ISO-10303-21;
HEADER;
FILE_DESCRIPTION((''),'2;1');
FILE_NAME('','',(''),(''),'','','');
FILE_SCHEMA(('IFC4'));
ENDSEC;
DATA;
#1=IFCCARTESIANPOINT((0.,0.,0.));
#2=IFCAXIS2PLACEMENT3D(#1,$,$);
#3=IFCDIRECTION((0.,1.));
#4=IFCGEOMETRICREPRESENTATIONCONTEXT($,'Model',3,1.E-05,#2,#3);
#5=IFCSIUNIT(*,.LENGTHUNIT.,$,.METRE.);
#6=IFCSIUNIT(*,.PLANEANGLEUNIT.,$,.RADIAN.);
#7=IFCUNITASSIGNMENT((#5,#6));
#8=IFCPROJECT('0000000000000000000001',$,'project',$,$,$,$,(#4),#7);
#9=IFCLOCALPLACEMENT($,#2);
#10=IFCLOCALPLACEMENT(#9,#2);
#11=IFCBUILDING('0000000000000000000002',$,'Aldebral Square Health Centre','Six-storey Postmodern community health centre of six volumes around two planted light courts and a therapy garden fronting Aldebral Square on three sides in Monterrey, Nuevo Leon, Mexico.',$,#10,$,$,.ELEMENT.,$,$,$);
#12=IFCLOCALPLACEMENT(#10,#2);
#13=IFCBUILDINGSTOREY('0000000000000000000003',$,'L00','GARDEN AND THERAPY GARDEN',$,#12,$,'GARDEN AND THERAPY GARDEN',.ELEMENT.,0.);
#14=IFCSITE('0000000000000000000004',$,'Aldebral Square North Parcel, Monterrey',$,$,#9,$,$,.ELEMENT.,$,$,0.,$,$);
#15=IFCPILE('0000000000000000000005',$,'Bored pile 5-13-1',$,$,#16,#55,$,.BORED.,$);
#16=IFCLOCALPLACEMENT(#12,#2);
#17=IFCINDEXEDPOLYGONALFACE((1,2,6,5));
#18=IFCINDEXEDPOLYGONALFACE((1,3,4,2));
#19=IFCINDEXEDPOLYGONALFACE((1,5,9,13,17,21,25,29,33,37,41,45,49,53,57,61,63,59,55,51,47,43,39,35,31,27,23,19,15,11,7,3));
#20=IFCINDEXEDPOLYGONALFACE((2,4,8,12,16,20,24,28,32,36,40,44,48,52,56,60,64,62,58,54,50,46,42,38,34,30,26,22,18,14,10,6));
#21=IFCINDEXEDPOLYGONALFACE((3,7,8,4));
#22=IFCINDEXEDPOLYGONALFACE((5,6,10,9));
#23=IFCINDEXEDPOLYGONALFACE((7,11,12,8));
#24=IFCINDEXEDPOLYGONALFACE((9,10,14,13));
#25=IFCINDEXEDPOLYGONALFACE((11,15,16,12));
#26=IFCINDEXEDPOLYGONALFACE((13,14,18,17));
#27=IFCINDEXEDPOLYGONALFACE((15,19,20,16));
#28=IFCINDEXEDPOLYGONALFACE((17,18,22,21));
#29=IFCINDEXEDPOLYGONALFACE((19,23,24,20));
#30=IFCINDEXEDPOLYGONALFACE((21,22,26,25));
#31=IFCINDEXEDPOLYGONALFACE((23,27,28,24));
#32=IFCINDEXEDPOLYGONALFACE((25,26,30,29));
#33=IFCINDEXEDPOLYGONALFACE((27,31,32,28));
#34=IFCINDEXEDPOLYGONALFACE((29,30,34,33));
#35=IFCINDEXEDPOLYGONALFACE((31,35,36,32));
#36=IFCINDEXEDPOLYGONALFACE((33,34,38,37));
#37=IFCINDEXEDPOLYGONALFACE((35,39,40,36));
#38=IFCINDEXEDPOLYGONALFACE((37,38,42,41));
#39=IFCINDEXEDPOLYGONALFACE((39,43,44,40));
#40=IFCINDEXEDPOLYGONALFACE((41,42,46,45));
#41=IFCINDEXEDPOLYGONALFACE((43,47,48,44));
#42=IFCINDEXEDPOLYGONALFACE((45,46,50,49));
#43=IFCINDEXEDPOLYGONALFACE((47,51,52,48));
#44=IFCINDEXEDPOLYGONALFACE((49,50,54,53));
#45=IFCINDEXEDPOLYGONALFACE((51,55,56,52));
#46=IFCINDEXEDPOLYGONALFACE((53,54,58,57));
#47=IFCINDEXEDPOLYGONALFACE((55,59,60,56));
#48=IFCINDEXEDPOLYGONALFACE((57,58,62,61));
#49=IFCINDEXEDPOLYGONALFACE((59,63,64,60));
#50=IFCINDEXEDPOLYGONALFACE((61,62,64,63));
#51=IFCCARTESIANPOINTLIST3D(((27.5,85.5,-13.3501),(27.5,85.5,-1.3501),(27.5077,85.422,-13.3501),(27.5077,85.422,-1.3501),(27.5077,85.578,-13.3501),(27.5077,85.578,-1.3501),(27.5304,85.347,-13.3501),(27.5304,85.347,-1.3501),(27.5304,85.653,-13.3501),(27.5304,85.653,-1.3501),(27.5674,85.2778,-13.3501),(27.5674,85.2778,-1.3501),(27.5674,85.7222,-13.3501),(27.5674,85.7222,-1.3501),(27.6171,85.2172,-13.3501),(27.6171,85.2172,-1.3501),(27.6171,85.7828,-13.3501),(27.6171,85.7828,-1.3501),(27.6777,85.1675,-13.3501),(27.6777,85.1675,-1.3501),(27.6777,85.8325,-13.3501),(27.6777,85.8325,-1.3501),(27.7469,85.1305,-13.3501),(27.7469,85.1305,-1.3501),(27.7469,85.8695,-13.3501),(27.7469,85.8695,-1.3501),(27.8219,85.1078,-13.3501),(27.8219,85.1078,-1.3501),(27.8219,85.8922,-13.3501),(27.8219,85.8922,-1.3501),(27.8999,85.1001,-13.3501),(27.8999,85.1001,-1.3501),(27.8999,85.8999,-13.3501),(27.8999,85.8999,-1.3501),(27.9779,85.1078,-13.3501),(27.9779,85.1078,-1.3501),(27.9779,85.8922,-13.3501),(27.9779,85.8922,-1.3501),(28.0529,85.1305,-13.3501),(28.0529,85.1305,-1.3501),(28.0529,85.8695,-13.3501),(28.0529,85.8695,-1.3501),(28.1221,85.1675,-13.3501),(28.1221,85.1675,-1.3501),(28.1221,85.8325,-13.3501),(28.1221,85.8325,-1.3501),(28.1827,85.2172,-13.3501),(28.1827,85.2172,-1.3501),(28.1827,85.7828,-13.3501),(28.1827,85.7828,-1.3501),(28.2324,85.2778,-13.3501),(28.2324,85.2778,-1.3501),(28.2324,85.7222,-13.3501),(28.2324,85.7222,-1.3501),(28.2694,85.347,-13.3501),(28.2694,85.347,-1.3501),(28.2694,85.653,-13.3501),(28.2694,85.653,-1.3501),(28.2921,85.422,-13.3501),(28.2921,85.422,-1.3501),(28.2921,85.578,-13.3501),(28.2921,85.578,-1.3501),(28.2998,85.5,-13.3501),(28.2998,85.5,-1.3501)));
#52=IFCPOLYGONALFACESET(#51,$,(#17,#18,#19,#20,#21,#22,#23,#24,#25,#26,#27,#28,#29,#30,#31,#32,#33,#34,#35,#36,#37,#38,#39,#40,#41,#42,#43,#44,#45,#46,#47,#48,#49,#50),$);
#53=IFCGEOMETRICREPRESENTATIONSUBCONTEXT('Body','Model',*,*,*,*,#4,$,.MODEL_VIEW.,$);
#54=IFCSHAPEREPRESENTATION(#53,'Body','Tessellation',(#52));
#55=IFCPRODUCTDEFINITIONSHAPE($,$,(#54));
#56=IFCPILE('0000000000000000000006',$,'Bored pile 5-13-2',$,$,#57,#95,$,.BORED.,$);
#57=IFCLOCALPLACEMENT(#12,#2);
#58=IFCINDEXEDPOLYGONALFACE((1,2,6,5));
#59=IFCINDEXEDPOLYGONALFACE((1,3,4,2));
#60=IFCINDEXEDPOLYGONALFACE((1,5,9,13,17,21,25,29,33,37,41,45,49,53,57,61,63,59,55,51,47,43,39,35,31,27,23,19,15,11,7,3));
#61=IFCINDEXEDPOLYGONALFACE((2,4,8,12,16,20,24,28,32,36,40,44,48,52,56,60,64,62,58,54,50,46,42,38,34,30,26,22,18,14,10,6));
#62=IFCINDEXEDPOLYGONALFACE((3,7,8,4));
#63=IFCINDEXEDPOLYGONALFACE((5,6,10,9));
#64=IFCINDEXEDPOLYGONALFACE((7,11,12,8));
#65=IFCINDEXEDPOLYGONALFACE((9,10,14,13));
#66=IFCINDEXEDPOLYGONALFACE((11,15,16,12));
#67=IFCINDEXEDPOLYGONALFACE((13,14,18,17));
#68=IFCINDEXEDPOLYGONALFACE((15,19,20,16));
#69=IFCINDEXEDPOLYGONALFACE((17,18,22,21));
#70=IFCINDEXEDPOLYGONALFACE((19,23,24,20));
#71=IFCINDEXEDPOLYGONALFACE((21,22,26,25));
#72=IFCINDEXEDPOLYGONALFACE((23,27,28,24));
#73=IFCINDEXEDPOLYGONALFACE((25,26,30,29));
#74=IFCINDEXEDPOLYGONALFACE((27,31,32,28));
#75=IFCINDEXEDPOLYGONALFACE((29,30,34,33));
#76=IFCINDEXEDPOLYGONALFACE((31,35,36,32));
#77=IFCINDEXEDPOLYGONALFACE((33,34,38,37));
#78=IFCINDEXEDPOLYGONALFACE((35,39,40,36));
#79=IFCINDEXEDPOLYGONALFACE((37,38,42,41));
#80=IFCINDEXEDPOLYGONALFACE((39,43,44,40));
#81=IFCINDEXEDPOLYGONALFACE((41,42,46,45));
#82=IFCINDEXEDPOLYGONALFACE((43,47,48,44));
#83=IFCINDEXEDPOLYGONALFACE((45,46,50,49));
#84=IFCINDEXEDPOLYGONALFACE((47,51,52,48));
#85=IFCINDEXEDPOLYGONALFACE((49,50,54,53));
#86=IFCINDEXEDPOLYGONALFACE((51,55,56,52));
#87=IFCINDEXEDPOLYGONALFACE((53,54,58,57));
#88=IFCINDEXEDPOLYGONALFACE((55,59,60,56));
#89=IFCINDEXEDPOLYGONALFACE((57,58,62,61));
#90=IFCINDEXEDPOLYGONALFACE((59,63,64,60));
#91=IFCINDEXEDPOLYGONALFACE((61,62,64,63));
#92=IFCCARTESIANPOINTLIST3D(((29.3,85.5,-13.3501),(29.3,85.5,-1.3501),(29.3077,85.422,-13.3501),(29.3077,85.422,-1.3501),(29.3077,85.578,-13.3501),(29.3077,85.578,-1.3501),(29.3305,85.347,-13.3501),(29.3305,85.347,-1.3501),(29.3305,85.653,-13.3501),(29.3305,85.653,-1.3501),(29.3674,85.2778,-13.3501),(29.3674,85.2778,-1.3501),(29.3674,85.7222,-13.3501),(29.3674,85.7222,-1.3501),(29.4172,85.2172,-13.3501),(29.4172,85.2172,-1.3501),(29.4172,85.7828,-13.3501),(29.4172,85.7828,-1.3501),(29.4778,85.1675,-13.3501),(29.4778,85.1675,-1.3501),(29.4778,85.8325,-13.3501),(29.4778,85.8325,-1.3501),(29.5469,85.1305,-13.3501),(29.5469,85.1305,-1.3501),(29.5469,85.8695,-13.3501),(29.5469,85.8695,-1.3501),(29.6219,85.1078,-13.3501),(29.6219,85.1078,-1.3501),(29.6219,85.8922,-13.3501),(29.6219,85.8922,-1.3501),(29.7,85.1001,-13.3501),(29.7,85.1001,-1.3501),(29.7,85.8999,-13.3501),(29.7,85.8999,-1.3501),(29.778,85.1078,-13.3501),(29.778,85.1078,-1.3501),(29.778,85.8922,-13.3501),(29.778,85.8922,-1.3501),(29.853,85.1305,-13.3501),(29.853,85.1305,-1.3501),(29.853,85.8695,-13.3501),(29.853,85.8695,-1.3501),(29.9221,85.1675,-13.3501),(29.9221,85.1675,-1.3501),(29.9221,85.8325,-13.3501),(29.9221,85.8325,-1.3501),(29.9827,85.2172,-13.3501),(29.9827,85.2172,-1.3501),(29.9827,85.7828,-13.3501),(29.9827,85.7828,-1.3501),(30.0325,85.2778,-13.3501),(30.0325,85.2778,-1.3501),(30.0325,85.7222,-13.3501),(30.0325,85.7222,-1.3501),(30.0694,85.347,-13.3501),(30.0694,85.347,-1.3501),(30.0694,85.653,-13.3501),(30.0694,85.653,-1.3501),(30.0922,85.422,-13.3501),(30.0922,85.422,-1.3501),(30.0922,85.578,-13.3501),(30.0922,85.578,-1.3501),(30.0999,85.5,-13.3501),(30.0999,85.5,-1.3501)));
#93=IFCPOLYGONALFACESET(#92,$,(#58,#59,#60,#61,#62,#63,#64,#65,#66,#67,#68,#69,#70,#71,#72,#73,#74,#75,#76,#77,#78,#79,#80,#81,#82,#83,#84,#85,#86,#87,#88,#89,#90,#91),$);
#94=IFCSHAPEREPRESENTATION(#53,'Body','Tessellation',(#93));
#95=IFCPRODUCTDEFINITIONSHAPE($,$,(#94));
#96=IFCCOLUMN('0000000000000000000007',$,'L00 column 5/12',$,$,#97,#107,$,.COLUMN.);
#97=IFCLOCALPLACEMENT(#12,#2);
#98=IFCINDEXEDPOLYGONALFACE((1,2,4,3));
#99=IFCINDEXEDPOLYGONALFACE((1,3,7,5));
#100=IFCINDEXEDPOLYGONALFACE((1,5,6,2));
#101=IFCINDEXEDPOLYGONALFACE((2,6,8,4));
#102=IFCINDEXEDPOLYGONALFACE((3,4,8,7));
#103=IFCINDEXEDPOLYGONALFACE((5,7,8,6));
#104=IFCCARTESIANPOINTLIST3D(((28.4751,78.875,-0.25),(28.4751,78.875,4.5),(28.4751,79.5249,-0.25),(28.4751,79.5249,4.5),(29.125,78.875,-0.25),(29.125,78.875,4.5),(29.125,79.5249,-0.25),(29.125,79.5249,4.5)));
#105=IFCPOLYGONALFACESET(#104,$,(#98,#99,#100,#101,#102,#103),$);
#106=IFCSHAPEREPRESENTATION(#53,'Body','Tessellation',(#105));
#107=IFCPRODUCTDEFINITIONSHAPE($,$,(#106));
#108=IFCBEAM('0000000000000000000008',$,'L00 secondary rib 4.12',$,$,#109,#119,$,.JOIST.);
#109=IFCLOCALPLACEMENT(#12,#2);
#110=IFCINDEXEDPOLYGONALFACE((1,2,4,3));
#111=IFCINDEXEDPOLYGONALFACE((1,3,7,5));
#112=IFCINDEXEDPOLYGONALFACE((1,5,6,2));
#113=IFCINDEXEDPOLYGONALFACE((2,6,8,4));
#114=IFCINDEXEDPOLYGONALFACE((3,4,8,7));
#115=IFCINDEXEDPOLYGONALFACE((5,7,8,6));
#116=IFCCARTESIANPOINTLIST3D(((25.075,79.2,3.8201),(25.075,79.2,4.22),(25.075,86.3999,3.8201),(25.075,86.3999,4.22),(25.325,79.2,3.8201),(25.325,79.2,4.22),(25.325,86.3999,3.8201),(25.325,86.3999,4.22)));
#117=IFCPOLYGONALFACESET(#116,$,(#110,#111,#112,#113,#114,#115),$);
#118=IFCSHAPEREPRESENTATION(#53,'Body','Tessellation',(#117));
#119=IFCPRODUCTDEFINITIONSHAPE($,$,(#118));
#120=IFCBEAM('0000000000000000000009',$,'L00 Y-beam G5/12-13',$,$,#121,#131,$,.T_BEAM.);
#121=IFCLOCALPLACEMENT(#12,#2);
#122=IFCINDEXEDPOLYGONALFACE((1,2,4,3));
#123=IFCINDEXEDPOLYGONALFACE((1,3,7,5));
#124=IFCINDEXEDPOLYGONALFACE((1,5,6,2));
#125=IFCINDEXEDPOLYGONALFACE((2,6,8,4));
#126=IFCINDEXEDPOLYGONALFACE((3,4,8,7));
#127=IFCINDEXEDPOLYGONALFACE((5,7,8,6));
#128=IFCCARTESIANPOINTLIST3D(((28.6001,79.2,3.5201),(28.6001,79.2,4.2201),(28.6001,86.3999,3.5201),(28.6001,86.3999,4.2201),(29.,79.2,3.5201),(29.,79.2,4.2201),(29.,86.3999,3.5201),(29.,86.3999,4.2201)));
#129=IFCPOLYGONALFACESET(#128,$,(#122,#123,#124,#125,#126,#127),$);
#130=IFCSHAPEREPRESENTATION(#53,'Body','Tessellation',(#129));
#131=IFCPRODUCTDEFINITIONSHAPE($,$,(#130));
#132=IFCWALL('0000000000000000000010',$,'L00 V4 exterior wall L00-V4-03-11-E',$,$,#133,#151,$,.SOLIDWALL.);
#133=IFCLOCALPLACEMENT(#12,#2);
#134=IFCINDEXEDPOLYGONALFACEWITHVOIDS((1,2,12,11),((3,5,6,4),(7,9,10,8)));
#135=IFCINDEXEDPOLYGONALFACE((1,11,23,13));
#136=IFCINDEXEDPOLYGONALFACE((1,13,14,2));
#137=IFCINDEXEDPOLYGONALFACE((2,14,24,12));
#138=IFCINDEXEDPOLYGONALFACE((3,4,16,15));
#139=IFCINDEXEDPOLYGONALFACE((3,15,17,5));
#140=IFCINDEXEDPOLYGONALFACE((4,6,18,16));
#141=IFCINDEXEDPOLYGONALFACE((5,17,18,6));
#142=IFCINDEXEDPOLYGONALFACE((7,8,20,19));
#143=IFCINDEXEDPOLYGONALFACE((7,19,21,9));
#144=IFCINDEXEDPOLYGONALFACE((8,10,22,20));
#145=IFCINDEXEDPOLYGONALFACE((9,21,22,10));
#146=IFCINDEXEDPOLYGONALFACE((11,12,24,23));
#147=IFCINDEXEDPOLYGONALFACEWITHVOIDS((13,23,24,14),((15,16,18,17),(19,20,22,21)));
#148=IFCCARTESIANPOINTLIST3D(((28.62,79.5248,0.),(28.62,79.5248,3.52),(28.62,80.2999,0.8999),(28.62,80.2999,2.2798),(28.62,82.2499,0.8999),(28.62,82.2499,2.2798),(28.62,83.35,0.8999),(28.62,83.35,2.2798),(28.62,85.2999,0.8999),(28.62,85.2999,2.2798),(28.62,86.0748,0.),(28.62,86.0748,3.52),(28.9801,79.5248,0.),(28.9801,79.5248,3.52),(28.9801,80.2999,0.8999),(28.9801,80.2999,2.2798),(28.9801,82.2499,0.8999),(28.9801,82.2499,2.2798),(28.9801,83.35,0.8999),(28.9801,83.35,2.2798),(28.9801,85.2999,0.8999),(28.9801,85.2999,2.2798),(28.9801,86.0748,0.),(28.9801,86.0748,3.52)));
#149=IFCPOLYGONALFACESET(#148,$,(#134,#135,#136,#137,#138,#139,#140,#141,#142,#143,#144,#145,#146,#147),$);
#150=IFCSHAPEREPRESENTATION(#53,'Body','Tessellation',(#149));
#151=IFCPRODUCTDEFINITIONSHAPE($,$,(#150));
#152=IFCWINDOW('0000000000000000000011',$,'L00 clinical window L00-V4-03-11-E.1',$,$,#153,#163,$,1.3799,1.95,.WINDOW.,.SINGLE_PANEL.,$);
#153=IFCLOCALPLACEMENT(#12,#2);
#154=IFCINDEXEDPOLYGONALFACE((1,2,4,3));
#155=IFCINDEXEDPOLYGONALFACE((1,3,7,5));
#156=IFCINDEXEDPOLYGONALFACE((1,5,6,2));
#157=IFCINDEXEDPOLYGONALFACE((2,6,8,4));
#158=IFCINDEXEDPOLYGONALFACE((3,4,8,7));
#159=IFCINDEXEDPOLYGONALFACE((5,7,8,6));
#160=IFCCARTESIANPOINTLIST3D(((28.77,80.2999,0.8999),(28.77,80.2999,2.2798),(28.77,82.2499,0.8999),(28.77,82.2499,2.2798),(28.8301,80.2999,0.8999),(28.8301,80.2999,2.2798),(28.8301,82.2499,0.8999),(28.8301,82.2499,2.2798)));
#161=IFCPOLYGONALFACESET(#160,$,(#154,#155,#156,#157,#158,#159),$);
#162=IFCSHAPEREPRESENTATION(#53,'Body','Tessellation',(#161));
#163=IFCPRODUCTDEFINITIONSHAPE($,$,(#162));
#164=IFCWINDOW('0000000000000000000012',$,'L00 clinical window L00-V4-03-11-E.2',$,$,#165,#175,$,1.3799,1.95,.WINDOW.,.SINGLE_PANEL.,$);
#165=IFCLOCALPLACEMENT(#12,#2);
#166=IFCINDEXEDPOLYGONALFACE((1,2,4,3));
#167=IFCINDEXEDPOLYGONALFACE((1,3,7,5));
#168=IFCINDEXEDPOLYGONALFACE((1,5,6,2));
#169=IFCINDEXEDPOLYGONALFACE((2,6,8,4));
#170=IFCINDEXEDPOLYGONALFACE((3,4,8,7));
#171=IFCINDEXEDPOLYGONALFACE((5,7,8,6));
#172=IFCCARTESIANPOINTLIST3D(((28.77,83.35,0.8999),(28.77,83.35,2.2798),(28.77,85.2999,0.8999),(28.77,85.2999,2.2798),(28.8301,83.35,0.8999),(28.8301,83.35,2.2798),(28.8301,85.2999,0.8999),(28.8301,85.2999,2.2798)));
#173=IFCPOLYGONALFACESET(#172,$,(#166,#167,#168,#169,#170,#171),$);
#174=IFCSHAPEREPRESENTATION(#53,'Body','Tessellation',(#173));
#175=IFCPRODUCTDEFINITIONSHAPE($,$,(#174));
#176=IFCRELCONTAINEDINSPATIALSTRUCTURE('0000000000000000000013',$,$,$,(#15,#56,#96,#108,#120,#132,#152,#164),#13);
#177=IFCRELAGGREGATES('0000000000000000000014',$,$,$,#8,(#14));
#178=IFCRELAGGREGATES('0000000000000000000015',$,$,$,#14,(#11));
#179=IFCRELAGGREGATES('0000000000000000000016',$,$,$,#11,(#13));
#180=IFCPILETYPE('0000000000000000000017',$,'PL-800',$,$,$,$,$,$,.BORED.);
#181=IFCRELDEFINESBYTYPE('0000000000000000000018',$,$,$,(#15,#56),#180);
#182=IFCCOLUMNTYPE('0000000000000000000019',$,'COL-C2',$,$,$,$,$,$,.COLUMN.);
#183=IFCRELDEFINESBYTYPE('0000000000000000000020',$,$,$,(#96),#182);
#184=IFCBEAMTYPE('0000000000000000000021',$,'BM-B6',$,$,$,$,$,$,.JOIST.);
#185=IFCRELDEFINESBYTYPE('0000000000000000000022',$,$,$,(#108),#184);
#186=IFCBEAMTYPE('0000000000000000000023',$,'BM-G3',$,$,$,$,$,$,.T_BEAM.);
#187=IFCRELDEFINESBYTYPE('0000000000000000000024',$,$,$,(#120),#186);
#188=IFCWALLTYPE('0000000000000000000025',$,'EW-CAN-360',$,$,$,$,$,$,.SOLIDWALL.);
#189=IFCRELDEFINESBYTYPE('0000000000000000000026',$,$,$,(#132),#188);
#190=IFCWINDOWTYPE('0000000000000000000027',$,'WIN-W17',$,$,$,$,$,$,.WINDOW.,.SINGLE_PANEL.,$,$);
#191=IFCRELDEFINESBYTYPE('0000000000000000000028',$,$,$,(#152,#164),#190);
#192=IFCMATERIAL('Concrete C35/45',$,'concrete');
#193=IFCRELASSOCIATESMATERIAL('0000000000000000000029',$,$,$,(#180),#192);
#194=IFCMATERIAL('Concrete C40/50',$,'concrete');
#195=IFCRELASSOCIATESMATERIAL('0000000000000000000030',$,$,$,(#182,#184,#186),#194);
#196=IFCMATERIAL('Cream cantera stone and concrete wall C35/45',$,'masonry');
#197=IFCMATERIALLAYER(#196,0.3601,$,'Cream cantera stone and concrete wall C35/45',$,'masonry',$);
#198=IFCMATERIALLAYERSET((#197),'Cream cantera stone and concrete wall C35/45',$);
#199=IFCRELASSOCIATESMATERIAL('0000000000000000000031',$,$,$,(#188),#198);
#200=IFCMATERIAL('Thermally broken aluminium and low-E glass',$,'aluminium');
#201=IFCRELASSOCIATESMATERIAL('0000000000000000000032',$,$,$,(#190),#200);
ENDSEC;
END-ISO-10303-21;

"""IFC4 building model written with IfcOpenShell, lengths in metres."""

from ifc_helpers import new_model, si_unit, direction, frame, frame_2d, origin, origin_2d, place, context, subcontext, project, spatial, rectangle, circle, extrude, material, layer, layer_set, material_profile, profile_set, type_object, element, fill, save


model = new_model("IFC4")

# Units and contexts
model_context = context("Model", 3, precision=1e-05, world=origin(), true_north=direction((0.0, 1.0)))
body_context = subcontext(model_context, "Body", "Model", "MODEL_VIEW")
ifc_project = project(units=[si_unit("LENGTHUNIT", "METRE"), si_unit("PLANEANGLEUNIT", "RADIAN")], contexts=[model_context])

# Site, building, storey
site_placement = place(None, origin())
site = spatial("IfcSite", under=ifc_project, at=site_placement, Name="Aldebral Square North Parcel, Monterrey", CompositionType="ELEMENT", RefElevation=0.0)
building_placement = place(site_placement, origin())
building = spatial("IfcBuilding", under=site, at=building_placement, Name="Aldebral Square Health Centre", Description="Six-storey Postmodern community health centre of six volumes around two planted light courts and a therapy garden fronting Aldebral Square on three sides in Monterrey, Nuevo Leon, Mexico.", CompositionType="ELEMENT")
storey_placement = place(building_placement, origin())
storey = spatial("IfcBuildingStorey", under=building, at=storey_placement, Name="L00", Description="GARDEN AND THERAPY GARDEN", LongName="GARDEN AND THERAPY GARDEN", CompositionType="ELEMENT", Elevation=0.0)

# Shared definitions
ifc_material_1 = material(Name="Concrete C35/45", Category="concrete")

# Piles
ifc_material_profile_1 = material_profile(ifc_material_1, circle(Radius=0.3999, at=origin_2d()), Name="PILE D800")
ifc_profile_set_1 = profile_set([ifc_material_profile_1], Name="Concrete C35/45")
pile_type_1 = type_object("IfcPileType", Name="PL-800", PredefinedType="BORED", material=ifc_profile_set_1)
for number, where, z_axis, x_axis, name in (
    (1, (27.8999, 85.5, -1.3501), (0.0, 0.0, -1.0), (1.0, 0.0, 0.0), "Bored pile 5-13-1"),
    (2, (29.7, 85.5, -1.3501), (0.0, 0.0, -1.0), (1.0, 0.0, 0.0), "Bored pile 5-13-2"),
):
    element("IfcPile", number, at=place(storey_placement, frame(where, z_axis=z_axis, x_axis=x_axis)), inside=storey, type_object=pile_type_1, Name=name, PredefinedType="BORED", context=body_context, shape_type="SweptSolid", body=[
        extrude(circle(Radius=0.3999, at=origin_2d()), origin(), (0.0, 0.0, 1.0), 12.0),
    ])

# Column
ifc_material_2 = material(Name="Concrete C40/50", Category="concrete")
ifc_material_profile_2 = material_profile(ifc_material_2, rectangle(XDim=0.6499, YDim=0.6499, at=origin_2d()), Name="RC 650x650")
ifc_profile_set_2 = profile_set([ifc_material_profile_2], Name="Concrete C40/50")
column_type = type_object("IfcColumnType", Name="COL-C2", PredefinedType="COLUMN", material=ifc_profile_set_2)
column_placement = place(storey_placement, frame((28.8, 79.2, -0.25), z_axis=(0.0, 0.0, 1.0), x_axis=(1.0, 0.0, 0.0)))
element("IfcColumn", 3, at=column_placement, inside=storey, type_object=column_type, Name="L00 column 5/12", PredefinedType="COLUMN", context=body_context, shape_type="SweptSolid", body=[
    extrude(rectangle(XDim=0.6499, YDim=0.6499, at=origin_2d()), origin(), (0.0, 0.0, 1.0), 4.75),
])

# Beams
ifc_material_profile_3 = material_profile(ifc_material_2, rectangle(XDim=0.25, YDim=0.3999, at=origin_2d()), Name="RC 250x400")
ifc_profile_set_3 = profile_set([ifc_material_profile_3], Name="Concrete C40/50")
beam_type_1 = type_object("IfcBeamType", Name="BM-B6", PredefinedType="JOIST", material=ifc_profile_set_3)
beam_1_placement = place(storey_placement, frame((25.2, 79.2, 4.02), z_axis=(0.0, 1.0, 0.0), x_axis=(-1.0, 0.0, 0.0)))
element("IfcBeam", 4, at=beam_1_placement, inside=storey, type_object=beam_type_1, Name="L00 secondary rib 4.12", PredefinedType="JOIST", context=body_context, shape_type="SweptSolid", body=[
    extrude(rectangle(XDim=0.25, YDim=0.3999, at=origin_2d()), origin(), (0.0, 0.0, 1.0), 7.2),
])
ifc_material_profile_4 = material_profile(ifc_material_2, rectangle(XDim=0.3999, YDim=0.7, at=origin_2d()), Name="RC 400x700")
ifc_profile_set_4 = profile_set([ifc_material_profile_4], Name="Concrete C40/50")
beam_type_2 = type_object("IfcBeamType", Name="BM-G3", PredefinedType="T_BEAM", material=ifc_profile_set_4)
beam_2_placement = place(storey_placement, frame((28.8, 79.2, 3.8701), z_axis=(0.0, 1.0, 0.0), x_axis=(-1.0, 0.0, 0.0)))
element("IfcBeam", 5, at=beam_2_placement, inside=storey, type_object=beam_type_2, Name="L00 Y-beam G5/12-13", PredefinedType="T_BEAM", context=body_context, shape_type="SweptSolid", body=[
    extrude(rectangle(XDim=0.3999, YDim=0.7, at=origin_2d()), origin(), (0.0, 0.0, 1.0), 7.2),
])

# Wall, openings, windows
ifc_material_3 = material(Name="Cream cantera stone and concrete wall C35/45", Category="masonry")
ifc_layer_1 = layer(ifc_material_3, 0.3601, Name="Cream cantera stone and concrete wall C35/45", Category="masonry")
ifc_layer_set_1 = layer_set([ifc_layer_1], Name="Cream cantera stone and concrete wall C35/45")
wall_type_1 = type_object("IfcWallType", Name="EW-CAN-360", PredefinedType="SOLIDWALL", material=ifc_layer_set_1)
wall_1_placement = place(storey_placement, frame((28.8, 79.5249, 0.0), z_axis=(0.0, 0.0, 1.0), x_axis=(0.0, 1.0, 0.0)))
wall_1 = element("IfcWall", 6, at=wall_1_placement, inside=storey, type_object=wall_type_1, Name="L00 V4 exterior wall L00-V4-03-11-E", PredefinedType="SOLIDWALL", context=body_context, shape_type="SweptSolid", body=[
    extrude(rectangle(XDim=6.55, YDim=0.3601, at=frame_2d((3.2749, 0.0))), origin(), (0.0, 0.0, 1.0), 3.52),
])
opening_1_placement = place(wall_1_placement, frame((0.7749, 0.0, 0.8999)))
opening_1 = element("IfcOpeningElement", 7, at=opening_1_placement, cuts=wall_1, PredefinedType="OPENING", context=body_context, shape_type="SweptSolid", body=[
    extrude(rectangle(XDim=1.95, YDim=1.3799, at=frame_2d((0.9751, 0.6899))), frame((0.0, 0.1899, 0.0), z_axis=(0.0, -1.0, 0.0), x_axis=(1.0, 0.0, 0.0)), (0.0, 0.0, 1.0), 0.3801),
])
opening_2_placement = place(wall_1_placement, frame((3.825, 0.0, 0.8999)))
opening_2 = element("IfcOpeningElement", 8, at=opening_2_placement, cuts=wall_1, PredefinedType="OPENING", context=body_context, shape_type="SweptSolid", body=[
    extrude(rectangle(XDim=1.95, YDim=1.3799, at=frame_2d((0.9751, 0.6899))), frame((0.0, 0.1899, 0.0), z_axis=(0.0, -1.0, 0.0), x_axis=(1.0, 0.0, 0.0)), (0.0, 0.0, 1.0), 0.3801),
])
ifc_material_4 = material(Name="Thermally broken aluminium and low-E glass", Category="aluminium")
window_type = type_object("IfcWindowType", Name="WIN-W17", PartitioningType="SINGLE_PANEL", PredefinedType="WINDOW", material=ifc_material_4)
window_1_placement = place(opening_1_placement, origin())
window_1 = element("IfcWindow", 9, at=window_1_placement, inside=storey, type_object=window_type, Name="L00 clinical window L00-V4-03-11-E.1", OverallHeight=1.3799, OverallWidth=1.95, PartitioningType="SINGLE_PANEL", PredefinedType="WINDOW", context=body_context, shape_type="SweptSolid", body=[
    extrude(rectangle(XDim=1.95, YDim=1.3799, at=frame_2d((0.9751, 0.6899))), frame((0.0, 0.03, 0.0), z_axis=(0.0, -1.0, 0.0), x_axis=(1.0, 0.0, 0.0)), (0.0, 0.0, 1.0), 0.0601),
])
fill(opening_1, window_1)
window_2_placement = place(opening_2_placement, origin())
window_2 = element("IfcWindow", 10, at=window_2_placement, inside=storey, type_object=window_type, Name="L00 clinical window L00-V4-03-11-E.2", OverallHeight=1.3799, OverallWidth=1.95, PartitioningType="SINGLE_PANEL", PredefinedType="WINDOW", context=body_context, shape_type="SweptSolid", body=[
    extrude(rectangle(XDim=1.95, YDim=1.3799, at=frame_2d((0.9751, 0.6899))), frame((0.0, 0.03, 0.0), z_axis=(0.0, -1.0, 0.0), x_axis=(1.0, 0.0, 0.0)), (0.0, 0.0, 1.0), 0.0601),
])
fill(opening_2, window_2)

save(model, "model.ifc")
